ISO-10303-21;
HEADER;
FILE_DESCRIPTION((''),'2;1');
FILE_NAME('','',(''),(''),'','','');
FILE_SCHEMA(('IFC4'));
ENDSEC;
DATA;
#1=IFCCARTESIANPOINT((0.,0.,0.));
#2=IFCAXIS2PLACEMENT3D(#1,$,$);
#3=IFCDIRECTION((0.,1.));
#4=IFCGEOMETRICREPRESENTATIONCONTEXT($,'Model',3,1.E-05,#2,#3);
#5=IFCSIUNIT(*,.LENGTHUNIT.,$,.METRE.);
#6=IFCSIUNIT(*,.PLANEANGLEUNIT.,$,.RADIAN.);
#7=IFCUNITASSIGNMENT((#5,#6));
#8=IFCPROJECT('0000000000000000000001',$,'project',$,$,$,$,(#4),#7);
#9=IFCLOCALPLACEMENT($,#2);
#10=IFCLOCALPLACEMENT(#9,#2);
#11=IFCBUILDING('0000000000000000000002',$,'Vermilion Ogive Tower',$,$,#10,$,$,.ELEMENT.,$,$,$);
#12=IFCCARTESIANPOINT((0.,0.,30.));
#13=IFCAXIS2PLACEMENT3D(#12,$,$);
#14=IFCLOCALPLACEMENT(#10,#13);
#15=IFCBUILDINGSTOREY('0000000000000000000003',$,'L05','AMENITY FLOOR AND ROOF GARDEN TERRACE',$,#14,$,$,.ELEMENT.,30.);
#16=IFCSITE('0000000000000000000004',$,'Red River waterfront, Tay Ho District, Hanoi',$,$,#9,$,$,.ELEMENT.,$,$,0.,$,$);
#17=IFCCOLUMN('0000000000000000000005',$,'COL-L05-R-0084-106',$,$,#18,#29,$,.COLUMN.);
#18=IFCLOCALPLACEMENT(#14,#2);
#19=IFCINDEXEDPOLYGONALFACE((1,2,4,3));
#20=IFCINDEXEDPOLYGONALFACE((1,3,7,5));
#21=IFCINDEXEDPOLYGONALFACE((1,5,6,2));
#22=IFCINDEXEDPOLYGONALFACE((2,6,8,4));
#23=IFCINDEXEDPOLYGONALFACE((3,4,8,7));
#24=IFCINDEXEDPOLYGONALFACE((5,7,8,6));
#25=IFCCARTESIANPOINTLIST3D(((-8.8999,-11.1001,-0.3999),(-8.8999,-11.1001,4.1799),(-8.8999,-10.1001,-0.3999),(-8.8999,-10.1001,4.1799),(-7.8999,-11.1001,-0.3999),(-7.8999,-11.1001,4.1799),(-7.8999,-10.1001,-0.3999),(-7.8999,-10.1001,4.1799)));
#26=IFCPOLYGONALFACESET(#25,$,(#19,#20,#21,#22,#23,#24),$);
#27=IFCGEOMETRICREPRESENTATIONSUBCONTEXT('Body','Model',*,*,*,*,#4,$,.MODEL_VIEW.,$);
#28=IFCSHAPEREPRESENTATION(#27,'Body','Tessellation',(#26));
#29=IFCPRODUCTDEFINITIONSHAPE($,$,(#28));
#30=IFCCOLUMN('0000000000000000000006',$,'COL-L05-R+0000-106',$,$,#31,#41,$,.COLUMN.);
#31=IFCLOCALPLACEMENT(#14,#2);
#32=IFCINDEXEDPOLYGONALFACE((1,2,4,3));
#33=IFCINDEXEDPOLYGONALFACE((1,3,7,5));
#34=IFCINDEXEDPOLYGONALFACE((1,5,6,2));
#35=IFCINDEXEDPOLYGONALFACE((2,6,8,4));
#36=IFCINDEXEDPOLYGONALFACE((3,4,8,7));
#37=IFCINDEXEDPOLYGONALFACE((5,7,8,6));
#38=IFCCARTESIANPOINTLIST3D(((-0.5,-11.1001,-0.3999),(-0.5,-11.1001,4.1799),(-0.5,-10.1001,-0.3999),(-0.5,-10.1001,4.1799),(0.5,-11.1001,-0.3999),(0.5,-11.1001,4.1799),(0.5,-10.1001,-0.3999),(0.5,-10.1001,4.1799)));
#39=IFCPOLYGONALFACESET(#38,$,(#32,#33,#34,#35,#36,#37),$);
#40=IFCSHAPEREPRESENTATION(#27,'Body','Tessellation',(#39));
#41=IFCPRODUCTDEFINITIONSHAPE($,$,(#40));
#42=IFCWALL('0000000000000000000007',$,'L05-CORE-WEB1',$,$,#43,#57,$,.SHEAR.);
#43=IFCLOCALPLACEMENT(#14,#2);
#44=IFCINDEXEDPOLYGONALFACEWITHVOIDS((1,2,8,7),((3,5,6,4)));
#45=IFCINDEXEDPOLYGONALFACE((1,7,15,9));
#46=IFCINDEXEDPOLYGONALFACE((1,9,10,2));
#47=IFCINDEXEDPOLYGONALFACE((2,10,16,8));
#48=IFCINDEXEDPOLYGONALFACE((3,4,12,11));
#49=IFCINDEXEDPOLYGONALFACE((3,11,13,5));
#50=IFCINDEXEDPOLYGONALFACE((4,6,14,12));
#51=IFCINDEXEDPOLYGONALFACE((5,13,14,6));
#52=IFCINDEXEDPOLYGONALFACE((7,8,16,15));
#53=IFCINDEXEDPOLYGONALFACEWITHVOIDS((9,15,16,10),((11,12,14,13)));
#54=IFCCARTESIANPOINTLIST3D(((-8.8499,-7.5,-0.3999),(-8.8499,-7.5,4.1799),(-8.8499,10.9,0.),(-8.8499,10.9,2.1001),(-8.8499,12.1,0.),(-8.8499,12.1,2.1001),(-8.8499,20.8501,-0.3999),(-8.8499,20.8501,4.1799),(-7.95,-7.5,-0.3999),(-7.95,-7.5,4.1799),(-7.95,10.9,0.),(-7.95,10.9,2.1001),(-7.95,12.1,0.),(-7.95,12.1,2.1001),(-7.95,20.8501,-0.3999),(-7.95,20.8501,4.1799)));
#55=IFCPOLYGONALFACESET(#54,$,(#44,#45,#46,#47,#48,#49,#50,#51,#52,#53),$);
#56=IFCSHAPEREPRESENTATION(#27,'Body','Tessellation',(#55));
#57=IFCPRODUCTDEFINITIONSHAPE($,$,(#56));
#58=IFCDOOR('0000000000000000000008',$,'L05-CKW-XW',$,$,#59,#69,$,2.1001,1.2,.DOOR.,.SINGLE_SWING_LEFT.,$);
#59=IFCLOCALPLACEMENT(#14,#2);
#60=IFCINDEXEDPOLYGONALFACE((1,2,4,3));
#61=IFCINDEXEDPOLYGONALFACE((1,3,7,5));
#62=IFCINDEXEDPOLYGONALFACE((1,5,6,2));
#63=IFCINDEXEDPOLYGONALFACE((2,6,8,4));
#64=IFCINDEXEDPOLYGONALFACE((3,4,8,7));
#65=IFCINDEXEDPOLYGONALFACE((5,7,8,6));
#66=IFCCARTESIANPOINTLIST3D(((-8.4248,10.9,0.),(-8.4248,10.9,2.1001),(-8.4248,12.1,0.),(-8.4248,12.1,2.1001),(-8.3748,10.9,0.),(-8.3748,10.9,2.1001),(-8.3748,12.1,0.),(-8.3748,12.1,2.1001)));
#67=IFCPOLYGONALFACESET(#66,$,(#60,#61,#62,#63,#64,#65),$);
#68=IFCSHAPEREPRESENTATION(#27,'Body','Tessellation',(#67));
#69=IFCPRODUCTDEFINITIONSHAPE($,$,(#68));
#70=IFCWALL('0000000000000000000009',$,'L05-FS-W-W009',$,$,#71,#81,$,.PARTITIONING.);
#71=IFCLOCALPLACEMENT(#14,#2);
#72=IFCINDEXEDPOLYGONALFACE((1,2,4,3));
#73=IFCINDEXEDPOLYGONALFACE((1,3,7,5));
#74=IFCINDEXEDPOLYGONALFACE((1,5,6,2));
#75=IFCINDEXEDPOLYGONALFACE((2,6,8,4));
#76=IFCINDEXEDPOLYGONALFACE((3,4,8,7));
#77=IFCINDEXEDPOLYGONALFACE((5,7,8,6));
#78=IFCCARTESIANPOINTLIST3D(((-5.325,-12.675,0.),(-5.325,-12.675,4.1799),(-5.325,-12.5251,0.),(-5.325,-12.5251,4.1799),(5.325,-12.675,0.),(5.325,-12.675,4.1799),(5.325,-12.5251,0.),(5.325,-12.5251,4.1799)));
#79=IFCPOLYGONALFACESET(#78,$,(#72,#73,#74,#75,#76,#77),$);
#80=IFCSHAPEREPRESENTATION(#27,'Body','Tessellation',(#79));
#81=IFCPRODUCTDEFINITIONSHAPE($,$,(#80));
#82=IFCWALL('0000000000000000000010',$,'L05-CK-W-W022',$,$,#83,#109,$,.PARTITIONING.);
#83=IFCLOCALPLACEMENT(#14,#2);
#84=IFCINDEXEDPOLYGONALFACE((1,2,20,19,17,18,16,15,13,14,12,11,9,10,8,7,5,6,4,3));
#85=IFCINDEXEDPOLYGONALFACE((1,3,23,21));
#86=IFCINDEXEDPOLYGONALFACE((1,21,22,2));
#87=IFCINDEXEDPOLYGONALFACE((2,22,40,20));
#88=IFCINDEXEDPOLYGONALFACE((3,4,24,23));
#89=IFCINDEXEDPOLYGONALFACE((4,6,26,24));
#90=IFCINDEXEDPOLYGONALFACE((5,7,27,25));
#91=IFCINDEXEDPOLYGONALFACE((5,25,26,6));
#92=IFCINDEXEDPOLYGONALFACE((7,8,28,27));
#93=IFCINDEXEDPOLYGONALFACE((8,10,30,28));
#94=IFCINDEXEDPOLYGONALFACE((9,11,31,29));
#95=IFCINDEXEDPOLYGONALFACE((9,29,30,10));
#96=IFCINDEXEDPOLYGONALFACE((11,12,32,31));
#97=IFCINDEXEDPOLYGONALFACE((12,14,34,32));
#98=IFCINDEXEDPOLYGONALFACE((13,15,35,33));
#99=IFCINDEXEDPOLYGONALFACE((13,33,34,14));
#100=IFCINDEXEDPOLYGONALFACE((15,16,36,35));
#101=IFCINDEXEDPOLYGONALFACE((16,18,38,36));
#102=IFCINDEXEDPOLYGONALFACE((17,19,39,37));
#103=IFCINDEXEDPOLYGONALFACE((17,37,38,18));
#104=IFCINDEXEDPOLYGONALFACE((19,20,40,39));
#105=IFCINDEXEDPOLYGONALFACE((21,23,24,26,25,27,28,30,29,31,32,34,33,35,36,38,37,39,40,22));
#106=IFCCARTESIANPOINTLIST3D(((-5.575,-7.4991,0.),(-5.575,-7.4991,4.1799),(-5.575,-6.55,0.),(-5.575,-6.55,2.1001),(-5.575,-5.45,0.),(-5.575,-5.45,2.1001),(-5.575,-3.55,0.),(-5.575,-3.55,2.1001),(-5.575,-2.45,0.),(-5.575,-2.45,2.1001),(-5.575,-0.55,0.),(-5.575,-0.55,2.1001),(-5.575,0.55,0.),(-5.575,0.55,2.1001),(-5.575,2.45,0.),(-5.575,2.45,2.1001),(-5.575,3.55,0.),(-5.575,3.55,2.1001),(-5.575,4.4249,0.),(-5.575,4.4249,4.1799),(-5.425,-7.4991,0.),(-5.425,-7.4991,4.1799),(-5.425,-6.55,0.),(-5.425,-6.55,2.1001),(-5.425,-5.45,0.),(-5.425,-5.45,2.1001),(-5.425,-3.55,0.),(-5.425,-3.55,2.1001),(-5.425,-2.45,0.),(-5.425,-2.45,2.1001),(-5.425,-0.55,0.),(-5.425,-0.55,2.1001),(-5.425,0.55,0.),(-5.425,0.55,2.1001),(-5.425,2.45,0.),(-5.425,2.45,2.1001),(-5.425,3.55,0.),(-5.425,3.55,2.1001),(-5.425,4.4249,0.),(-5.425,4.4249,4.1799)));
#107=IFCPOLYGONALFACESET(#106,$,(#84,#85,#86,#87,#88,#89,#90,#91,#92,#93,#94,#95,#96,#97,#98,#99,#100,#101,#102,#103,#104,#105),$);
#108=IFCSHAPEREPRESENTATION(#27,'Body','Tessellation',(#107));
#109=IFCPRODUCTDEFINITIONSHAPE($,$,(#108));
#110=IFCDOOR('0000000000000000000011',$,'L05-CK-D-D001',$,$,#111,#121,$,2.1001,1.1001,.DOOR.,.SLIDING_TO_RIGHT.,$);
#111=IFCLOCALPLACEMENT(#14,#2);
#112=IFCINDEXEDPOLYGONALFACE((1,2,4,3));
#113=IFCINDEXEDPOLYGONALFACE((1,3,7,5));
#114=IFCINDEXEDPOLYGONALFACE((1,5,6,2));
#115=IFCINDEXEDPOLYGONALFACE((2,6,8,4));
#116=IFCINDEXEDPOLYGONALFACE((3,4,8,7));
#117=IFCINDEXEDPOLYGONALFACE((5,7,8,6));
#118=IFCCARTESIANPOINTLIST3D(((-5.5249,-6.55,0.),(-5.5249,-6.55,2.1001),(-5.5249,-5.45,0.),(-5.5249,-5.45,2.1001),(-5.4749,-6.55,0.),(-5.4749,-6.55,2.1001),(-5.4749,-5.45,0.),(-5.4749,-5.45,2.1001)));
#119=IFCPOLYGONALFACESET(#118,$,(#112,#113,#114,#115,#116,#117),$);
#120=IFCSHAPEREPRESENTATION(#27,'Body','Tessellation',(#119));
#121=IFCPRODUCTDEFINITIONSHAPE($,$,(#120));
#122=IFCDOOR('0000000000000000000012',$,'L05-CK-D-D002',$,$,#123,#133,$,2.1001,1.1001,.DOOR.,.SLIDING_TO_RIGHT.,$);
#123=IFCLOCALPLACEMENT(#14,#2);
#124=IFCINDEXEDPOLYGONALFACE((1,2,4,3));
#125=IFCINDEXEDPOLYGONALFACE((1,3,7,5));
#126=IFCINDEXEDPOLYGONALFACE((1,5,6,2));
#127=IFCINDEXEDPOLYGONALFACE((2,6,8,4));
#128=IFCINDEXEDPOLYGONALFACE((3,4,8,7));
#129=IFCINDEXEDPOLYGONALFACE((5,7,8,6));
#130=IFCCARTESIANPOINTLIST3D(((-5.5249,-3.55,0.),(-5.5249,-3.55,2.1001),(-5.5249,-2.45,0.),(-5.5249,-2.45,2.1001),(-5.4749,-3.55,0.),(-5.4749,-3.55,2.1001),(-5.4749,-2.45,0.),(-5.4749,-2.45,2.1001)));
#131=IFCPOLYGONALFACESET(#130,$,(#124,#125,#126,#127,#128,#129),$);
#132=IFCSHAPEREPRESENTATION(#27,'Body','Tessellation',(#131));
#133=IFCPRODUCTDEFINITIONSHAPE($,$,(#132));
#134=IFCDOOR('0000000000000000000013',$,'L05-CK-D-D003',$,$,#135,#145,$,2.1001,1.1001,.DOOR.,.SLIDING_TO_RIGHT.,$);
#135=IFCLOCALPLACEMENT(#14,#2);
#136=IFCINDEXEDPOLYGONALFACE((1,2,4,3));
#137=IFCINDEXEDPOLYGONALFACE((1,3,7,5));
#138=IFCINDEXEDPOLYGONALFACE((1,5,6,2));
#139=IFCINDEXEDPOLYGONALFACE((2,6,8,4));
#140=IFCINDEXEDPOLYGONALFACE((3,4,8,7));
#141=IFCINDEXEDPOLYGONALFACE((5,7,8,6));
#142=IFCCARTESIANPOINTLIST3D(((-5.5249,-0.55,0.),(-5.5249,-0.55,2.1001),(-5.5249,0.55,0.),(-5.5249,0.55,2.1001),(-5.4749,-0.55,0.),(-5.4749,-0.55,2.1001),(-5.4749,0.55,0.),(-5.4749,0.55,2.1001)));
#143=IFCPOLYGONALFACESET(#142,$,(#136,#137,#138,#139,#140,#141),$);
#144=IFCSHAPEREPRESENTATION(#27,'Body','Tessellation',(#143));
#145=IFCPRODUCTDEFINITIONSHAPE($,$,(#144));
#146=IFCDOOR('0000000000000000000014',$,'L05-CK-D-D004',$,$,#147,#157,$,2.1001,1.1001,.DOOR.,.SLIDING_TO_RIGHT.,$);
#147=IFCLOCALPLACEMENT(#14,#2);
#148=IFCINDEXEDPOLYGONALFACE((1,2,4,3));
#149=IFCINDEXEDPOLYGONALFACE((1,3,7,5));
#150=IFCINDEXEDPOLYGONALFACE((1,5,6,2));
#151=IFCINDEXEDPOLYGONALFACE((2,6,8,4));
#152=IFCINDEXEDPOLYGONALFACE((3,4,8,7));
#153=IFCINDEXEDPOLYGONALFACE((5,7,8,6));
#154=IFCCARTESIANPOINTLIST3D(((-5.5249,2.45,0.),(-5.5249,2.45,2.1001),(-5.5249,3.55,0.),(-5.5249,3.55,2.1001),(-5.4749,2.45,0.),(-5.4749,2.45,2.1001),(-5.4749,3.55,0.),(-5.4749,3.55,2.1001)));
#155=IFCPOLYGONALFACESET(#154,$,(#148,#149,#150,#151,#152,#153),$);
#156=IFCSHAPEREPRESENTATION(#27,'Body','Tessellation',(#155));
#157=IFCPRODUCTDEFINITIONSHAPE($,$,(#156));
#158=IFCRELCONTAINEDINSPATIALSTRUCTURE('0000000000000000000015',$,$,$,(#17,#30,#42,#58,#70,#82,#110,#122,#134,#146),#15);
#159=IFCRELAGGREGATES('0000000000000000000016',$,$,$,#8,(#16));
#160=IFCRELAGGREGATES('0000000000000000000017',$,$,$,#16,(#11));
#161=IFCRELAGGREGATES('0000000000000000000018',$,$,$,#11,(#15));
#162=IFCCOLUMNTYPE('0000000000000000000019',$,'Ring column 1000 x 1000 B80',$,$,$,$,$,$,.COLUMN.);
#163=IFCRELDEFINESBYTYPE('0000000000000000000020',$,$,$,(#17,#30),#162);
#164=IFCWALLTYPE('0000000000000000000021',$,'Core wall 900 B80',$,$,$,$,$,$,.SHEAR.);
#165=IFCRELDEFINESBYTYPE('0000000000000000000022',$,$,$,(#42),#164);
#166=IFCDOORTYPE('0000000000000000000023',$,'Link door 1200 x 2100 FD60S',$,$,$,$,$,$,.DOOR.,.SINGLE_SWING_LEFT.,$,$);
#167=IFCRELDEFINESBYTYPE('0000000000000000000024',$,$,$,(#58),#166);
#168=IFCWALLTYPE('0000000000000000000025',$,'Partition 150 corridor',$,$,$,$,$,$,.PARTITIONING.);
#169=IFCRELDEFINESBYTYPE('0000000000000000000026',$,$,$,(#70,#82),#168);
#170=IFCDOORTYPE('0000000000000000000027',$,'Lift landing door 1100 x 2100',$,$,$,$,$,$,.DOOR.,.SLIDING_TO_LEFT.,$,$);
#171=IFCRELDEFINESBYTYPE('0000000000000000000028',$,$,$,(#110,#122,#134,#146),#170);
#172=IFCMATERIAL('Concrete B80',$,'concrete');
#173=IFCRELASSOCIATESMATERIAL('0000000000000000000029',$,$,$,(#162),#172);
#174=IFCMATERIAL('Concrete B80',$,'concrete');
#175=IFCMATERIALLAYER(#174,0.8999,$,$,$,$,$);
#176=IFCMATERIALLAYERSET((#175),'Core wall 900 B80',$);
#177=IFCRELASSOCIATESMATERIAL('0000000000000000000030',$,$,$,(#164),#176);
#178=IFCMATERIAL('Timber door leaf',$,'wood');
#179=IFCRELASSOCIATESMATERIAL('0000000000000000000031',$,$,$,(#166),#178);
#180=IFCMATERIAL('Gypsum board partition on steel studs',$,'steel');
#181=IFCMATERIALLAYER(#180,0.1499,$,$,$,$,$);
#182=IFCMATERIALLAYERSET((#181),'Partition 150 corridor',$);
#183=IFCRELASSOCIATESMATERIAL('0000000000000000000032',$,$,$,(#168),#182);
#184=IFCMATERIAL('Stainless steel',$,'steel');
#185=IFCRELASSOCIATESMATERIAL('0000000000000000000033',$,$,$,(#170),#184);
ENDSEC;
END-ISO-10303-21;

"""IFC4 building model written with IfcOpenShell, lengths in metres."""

from ifc_helpers import new_model, si_unit, direction, frame, frame_2d, origin, origin_2d, place, context, subcontext, project, spatial, rectangle, extrude, material, layer, layer_set, material_profile, profile_set, type_object, element, fill, save


model = new_model("IFC4")

# Units and contexts
model_context = context("Model", 3, precision=1e-05, world=origin(), true_north=direction((0.0, 1.0)))
body_context = subcontext(model_context, "Body", "Model", "MODEL_VIEW")
ifc_project = project(units=[si_unit("LENGTHUNIT", "METRE"), si_unit("PLANEANGLEUNIT", "RADIAN")], contexts=[model_context])

# Site, building, storey
site_placement = place(None, origin())
site = spatial("IfcSite", under=ifc_project, at=site_placement, Name="Red River waterfront, Tay Ho District, Hanoi", CompositionType="ELEMENT", RefElevation=0.0)
building_placement = place(site_placement, origin())
building = spatial("IfcBuilding", under=site, at=building_placement, Name="Vermilion Ogive Tower", CompositionType="ELEMENT")
storey_placement = place(building_placement, frame((0.0, 0.0, 30.0)))
storey = spatial("IfcBuildingStorey", under=building, at=storey_placement, Name="L05", Description="AMENITY FLOOR AND ROOF GARDEN TERRACE", CompositionType="ELEMENT", Elevation=30.0)

# Columns
ifc_material_1 = material(Name="Concrete B80", Category="concrete")
ifc_material_profile = material_profile(ifc_material_1, rectangle(XDim=1.0, YDim=1.0, at=origin_2d()), Name="1000 x 1000")
ifc_profile_set = profile_set([ifc_material_profile], Name="Concrete B80")
column_type = type_object("IfcColumnType", Name="Ring column 1000 x 1000 B80", PredefinedType="COLUMN", material=ifc_profile_set)
for number, where, z_axis, x_axis, name in (
    (1, (-8.3999, -10.6001, -0.3999), (0.0, 0.0, 1.0), (1.0, 0.0, 0.0), "COL-L05-R-0084-106"),
    (2, (0.0, -10.6001, -0.3999), (0.0, 0.0, 1.0), (1.0, 0.0, 0.0), "COL-L05-R+0000-106"),
):
    element("IfcColumn", number, at=place(storey_placement, frame(where, z_axis=z_axis, x_axis=x_axis)), inside=storey, type_object=column_type, Name=name, PredefinedType="COLUMN", context=body_context, shape_type="SweptSolid", body=[
        extrude(rectangle(XDim=1.0, YDim=1.0, at=origin_2d()), origin(), (0.0, 0.0, 1.0), 4.5798),
    ])

# Wall, opening, door
ifc_material_2 = material(Name="Concrete B80", Category="concrete")
ifc_layer_1 = layer(ifc_material_2, 0.8999)
ifc_layer_set_1 = layer_set([ifc_layer_1], Name="Core wall 900 B80")
wall_type_1 = type_object("IfcWallType", Name="Core wall 900 B80", PredefinedType="SHEAR", material=ifc_layer_set_1)
wall_1_placement = place(storey_placement, frame((-8.3999, -7.5, -0.3999), z_axis=(0.0, 0.0, 1.0), x_axis=(0.0, 1.0, 0.0)))
wall_1 = element("IfcWall", 3, at=wall_1_placement, inside=storey, type_object=wall_type_1, Name="L05-CORE-WEB1", PredefinedType="SHEAR", context=body_context, shape_type="SweptSolid", body=[
    extrude(rectangle(XDim=28.3501, YDim=0.8999, at=frame_2d((14.175, 0.0))), origin(), (0.0, 0.0, 1.0), 4.5798),
])
opening_1_placement = place(wall_1_placement, frame((18.3999, 0.0, 0.3999)))
opening_1 = element("IfcOpeningElement", 4, at=opening_1_placement, cuts=wall_1, PredefinedType="OPENING", context=body_context, shape_type="SweptSolid", body=[
    extrude(rectangle(XDim=1.2, YDim=2.1001, at=frame_2d((0.6001, 1.05))), frame((0.0, 0.46, 0.0), z_axis=(0.0, -1.0, 0.0), x_axis=(1.0, 0.0, 0.0)), (0.0, 0.0, 1.0), 0.9199),
])
ifc_material_3 = material(Name="Timber door leaf", Category="wood")
door_type_1 = type_object("IfcDoorType", Name="Link door 1200 x 2100 FD60S", OperationType="SINGLE_SWING_LEFT", PredefinedType="DOOR", material=ifc_material_3)
door_1_placement = place(opening_1_placement, origin())
door_1 = element("IfcDoor", 5, at=door_1_placement, inside=storey, type_object=door_type_1, Name="L05-CKW-XW", OperationType="SINGLE_SWING_LEFT", OverallHeight=2.1001, OverallWidth=1.2, PredefinedType="DOOR", context=body_context, shape_type="SweptSolid", body=[
    extrude(rectangle(XDim=1.2, YDim=2.1001, at=frame_2d((0.6001, 1.05))), frame((0.0, 0.0249, 0.0), z_axis=(0.0, -1.0, 0.0), x_axis=(1.0, 0.0, 0.0)), (0.0, 0.0, 1.0), 0.05),
])
fill(opening_1, door_1)

# Wall
ifc_material_4 = material(Name="Gypsum board partition on steel studs", Category="steel")
ifc_layer_2 = layer(ifc_material_4, 0.1499)
ifc_layer_set_2 = layer_set([ifc_layer_2], Name="Partition 150 corridor")
wall_type_2 = type_object("IfcWallType", Name="Partition 150 corridor", PredefinedType="PARTITIONING", material=ifc_layer_set_2)
wall_2_placement = place(storey_placement, frame((-5.325, -12.6001, 0.0), z_axis=(0.0, 0.0, 1.0), x_axis=(1.0, 0.0, 0.0)))
element("IfcWall", 6, at=wall_2_placement, inside=storey, type_object=wall_type_2, Name="L05-FS-W-W009", PredefinedType="PARTITIONING", context=body_context, shape_type="SweptSolid", body=[
    extrude(rectangle(XDim=10.6499, YDim=0.1499, at=frame_2d((5.325, 0.0))), origin(), (0.0, 0.0, 1.0), 4.1799),
])

# Wall, openings, doors
wall_3_placement = place(storey_placement, frame((-5.5, -7.499, 0.0), z_axis=(0.0, 0.0, 1.0), x_axis=(0.0, 1.0, 0.0)))
wall_3 = element("IfcWall", 7, at=wall_3_placement, inside=storey, type_object=wall_type_2, Name="L05-CK-W-W022", PredefinedType="PARTITIONING", context=body_context, shape_type="SweptSolid", body=[
    extrude(rectangle(XDim=11.9241, YDim=0.1499, at=frame_2d((5.9619, 0.0))), origin(), (0.0, 0.0, 1.0), 4.1799),
])
opening_2_placement = place(wall_3_placement, frame((0.949, 0.0, 0.0)))
opening_2 = element("IfcOpeningElement", 8, at=opening_2_placement, cuts=wall_3, PredefinedType="OPENING", context=body_context, shape_type="SweptSolid", body=[
    extrude(rectangle(XDim=1.1001, YDim=2.1001, at=frame_2d((0.55, 1.05))), frame((0.0, 0.085, 0.0), z_axis=(0.0, -1.0, 0.0), x_axis=(1.0, 0.0, 0.0)), (0.0, 0.0, 1.0), 0.1699),
])
opening_3_placement = place(wall_3_placement, frame((3.949, 0.0, 0.0)))
opening_3 = element("IfcOpeningElement", 9, at=opening_3_placement, cuts=wall_3, PredefinedType="OPENING", context=body_context, shape_type="SweptSolid", body=[
    extrude(rectangle(XDim=1.1001, YDim=2.1001, at=frame_2d((0.55, 1.05))), frame((0.0, 0.085, 0.0), z_axis=(0.0, -1.0, 0.0), x_axis=(1.0, 0.0, 0.0)), (0.0, 0.0, 1.0), 0.1699),
])
opening_4_placement = place(wall_3_placement, frame((6.949, 0.0, 0.0)))
opening_4 = element("IfcOpeningElement", 10, at=opening_4_placement, cuts=wall_3, PredefinedType="OPENING", context=body_context, shape_type="SweptSolid", body=[
    extrude(rectangle(XDim=1.1001, YDim=2.1001, at=frame_2d((0.55, 1.05))), frame((0.0, 0.085, 0.0), z_axis=(0.0, -1.0, 0.0), x_axis=(1.0, 0.0, 0.0)), (0.0, 0.0, 1.0), 0.1699),
])
opening_5_placement = place(wall_3_placement, frame((9.949, 0.0, 0.0)))
opening_5 = element("IfcOpeningElement", 11, at=opening_5_placement, cuts=wall_3, PredefinedType="OPENING", context=body_context, shape_type="SweptSolid", body=[
    extrude(rectangle(XDim=1.1001, YDim=2.1001, at=frame_2d((0.55, 1.05))), frame((0.0, 0.085, 0.0), z_axis=(0.0, -1.0, 0.0), x_axis=(1.0, 0.0, 0.0)), (0.0, 0.0, 1.0), 0.1699),
])
ifc_material_5 = material(Name="Stainless steel", Category="steel")
door_type_2 = type_object("IfcDoorType", Name="Lift landing door 1100 x 2100", OperationType="SLIDING_TO_LEFT", PredefinedType="DOOR", material=ifc_material_5)
door_2_placement = place(opening_2_placement, origin())
door_2 = element("IfcDoor", 12, at=door_2_placement, inside=storey, type_object=door_type_2, Name="L05-CK-D-D001", OperationType="SLIDING_TO_RIGHT", OverallHeight=2.1001, OverallWidth=1.1001, PredefinedType="DOOR", context=body_context, shape_type="SweptSolid", body=[
    extrude(rectangle(XDim=1.1001, YDim=2.1001, at=frame_2d((0.55, 1.05))), frame((0.0, 0.0249, 0.0), z_axis=(0.0, -1.0, 0.0), x_axis=(1.0, 0.0, 0.0)), (0.0, 0.0, 1.0), 0.05),
])
fill(opening_2, door_2)
door_3_placement = place(opening_3_placement, origin())
door_3 = element("IfcDoor", 13, at=door_3_placement, inside=storey, type_object=door_type_2, Name="L05-CK-D-D002", OperationType="SLIDING_TO_RIGHT", OverallHeight=2.1001, OverallWidth=1.1001, PredefinedType="DOOR", context=body_context, shape_type="SweptSolid", body=[
    extrude(rectangle(XDim=1.1001, YDim=2.1001, at=frame_2d((0.55, 1.05))), frame((0.0, 0.0249, 0.0), z_axis=(0.0, -1.0, 0.0), x_axis=(1.0, 0.0, 0.0)), (0.0, 0.0, 1.0), 0.05),
])
fill(opening_3, door_3)
door_4_placement = place(opening_4_placement, origin())
door_4 = element("IfcDoor", 14, at=door_4_placement, inside=storey, type_object=door_type_2, Name="L05-CK-D-D003", OperationType="SLIDING_TO_RIGHT", OverallHeight=2.1001, OverallWidth=1.1001, PredefinedType="DOOR", context=body_context, shape_type="SweptSolid", body=[
    extrude(rectangle(XDim=1.1001, YDim=2.1001, at=frame_2d((0.55, 1.05))), frame((0.0, 0.0249, 0.0), z_axis=(0.0, -1.0, 0.0), x_axis=(1.0, 0.0, 0.0)), (0.0, 0.0, 1.0), 0.05),
])
fill(opening_4, door_4)
door_5_placement = place(opening_5_placement, origin())
door_5 = element("IfcDoor", 15, at=door_5_placement, inside=storey, type_object=door_type_2, Name="L05-CK-D-D004", OperationType="SLIDING_TO_RIGHT", OverallHeight=2.1001, OverallWidth=1.1001, PredefinedType="DOOR", context=body_context, shape_type="SweptSolid", body=[
    extrude(rectangle(XDim=1.1001, YDim=2.1001, at=frame_2d((0.55, 1.05))), frame((0.0, 0.0249, 0.0), z_axis=(0.0, -1.0, 0.0), x_axis=(1.0, 0.0, 0.0)), (0.0, 0.0, 1.0), 0.05),
])
fill(opening_5, door_5)

save(model, "model.ifc")
